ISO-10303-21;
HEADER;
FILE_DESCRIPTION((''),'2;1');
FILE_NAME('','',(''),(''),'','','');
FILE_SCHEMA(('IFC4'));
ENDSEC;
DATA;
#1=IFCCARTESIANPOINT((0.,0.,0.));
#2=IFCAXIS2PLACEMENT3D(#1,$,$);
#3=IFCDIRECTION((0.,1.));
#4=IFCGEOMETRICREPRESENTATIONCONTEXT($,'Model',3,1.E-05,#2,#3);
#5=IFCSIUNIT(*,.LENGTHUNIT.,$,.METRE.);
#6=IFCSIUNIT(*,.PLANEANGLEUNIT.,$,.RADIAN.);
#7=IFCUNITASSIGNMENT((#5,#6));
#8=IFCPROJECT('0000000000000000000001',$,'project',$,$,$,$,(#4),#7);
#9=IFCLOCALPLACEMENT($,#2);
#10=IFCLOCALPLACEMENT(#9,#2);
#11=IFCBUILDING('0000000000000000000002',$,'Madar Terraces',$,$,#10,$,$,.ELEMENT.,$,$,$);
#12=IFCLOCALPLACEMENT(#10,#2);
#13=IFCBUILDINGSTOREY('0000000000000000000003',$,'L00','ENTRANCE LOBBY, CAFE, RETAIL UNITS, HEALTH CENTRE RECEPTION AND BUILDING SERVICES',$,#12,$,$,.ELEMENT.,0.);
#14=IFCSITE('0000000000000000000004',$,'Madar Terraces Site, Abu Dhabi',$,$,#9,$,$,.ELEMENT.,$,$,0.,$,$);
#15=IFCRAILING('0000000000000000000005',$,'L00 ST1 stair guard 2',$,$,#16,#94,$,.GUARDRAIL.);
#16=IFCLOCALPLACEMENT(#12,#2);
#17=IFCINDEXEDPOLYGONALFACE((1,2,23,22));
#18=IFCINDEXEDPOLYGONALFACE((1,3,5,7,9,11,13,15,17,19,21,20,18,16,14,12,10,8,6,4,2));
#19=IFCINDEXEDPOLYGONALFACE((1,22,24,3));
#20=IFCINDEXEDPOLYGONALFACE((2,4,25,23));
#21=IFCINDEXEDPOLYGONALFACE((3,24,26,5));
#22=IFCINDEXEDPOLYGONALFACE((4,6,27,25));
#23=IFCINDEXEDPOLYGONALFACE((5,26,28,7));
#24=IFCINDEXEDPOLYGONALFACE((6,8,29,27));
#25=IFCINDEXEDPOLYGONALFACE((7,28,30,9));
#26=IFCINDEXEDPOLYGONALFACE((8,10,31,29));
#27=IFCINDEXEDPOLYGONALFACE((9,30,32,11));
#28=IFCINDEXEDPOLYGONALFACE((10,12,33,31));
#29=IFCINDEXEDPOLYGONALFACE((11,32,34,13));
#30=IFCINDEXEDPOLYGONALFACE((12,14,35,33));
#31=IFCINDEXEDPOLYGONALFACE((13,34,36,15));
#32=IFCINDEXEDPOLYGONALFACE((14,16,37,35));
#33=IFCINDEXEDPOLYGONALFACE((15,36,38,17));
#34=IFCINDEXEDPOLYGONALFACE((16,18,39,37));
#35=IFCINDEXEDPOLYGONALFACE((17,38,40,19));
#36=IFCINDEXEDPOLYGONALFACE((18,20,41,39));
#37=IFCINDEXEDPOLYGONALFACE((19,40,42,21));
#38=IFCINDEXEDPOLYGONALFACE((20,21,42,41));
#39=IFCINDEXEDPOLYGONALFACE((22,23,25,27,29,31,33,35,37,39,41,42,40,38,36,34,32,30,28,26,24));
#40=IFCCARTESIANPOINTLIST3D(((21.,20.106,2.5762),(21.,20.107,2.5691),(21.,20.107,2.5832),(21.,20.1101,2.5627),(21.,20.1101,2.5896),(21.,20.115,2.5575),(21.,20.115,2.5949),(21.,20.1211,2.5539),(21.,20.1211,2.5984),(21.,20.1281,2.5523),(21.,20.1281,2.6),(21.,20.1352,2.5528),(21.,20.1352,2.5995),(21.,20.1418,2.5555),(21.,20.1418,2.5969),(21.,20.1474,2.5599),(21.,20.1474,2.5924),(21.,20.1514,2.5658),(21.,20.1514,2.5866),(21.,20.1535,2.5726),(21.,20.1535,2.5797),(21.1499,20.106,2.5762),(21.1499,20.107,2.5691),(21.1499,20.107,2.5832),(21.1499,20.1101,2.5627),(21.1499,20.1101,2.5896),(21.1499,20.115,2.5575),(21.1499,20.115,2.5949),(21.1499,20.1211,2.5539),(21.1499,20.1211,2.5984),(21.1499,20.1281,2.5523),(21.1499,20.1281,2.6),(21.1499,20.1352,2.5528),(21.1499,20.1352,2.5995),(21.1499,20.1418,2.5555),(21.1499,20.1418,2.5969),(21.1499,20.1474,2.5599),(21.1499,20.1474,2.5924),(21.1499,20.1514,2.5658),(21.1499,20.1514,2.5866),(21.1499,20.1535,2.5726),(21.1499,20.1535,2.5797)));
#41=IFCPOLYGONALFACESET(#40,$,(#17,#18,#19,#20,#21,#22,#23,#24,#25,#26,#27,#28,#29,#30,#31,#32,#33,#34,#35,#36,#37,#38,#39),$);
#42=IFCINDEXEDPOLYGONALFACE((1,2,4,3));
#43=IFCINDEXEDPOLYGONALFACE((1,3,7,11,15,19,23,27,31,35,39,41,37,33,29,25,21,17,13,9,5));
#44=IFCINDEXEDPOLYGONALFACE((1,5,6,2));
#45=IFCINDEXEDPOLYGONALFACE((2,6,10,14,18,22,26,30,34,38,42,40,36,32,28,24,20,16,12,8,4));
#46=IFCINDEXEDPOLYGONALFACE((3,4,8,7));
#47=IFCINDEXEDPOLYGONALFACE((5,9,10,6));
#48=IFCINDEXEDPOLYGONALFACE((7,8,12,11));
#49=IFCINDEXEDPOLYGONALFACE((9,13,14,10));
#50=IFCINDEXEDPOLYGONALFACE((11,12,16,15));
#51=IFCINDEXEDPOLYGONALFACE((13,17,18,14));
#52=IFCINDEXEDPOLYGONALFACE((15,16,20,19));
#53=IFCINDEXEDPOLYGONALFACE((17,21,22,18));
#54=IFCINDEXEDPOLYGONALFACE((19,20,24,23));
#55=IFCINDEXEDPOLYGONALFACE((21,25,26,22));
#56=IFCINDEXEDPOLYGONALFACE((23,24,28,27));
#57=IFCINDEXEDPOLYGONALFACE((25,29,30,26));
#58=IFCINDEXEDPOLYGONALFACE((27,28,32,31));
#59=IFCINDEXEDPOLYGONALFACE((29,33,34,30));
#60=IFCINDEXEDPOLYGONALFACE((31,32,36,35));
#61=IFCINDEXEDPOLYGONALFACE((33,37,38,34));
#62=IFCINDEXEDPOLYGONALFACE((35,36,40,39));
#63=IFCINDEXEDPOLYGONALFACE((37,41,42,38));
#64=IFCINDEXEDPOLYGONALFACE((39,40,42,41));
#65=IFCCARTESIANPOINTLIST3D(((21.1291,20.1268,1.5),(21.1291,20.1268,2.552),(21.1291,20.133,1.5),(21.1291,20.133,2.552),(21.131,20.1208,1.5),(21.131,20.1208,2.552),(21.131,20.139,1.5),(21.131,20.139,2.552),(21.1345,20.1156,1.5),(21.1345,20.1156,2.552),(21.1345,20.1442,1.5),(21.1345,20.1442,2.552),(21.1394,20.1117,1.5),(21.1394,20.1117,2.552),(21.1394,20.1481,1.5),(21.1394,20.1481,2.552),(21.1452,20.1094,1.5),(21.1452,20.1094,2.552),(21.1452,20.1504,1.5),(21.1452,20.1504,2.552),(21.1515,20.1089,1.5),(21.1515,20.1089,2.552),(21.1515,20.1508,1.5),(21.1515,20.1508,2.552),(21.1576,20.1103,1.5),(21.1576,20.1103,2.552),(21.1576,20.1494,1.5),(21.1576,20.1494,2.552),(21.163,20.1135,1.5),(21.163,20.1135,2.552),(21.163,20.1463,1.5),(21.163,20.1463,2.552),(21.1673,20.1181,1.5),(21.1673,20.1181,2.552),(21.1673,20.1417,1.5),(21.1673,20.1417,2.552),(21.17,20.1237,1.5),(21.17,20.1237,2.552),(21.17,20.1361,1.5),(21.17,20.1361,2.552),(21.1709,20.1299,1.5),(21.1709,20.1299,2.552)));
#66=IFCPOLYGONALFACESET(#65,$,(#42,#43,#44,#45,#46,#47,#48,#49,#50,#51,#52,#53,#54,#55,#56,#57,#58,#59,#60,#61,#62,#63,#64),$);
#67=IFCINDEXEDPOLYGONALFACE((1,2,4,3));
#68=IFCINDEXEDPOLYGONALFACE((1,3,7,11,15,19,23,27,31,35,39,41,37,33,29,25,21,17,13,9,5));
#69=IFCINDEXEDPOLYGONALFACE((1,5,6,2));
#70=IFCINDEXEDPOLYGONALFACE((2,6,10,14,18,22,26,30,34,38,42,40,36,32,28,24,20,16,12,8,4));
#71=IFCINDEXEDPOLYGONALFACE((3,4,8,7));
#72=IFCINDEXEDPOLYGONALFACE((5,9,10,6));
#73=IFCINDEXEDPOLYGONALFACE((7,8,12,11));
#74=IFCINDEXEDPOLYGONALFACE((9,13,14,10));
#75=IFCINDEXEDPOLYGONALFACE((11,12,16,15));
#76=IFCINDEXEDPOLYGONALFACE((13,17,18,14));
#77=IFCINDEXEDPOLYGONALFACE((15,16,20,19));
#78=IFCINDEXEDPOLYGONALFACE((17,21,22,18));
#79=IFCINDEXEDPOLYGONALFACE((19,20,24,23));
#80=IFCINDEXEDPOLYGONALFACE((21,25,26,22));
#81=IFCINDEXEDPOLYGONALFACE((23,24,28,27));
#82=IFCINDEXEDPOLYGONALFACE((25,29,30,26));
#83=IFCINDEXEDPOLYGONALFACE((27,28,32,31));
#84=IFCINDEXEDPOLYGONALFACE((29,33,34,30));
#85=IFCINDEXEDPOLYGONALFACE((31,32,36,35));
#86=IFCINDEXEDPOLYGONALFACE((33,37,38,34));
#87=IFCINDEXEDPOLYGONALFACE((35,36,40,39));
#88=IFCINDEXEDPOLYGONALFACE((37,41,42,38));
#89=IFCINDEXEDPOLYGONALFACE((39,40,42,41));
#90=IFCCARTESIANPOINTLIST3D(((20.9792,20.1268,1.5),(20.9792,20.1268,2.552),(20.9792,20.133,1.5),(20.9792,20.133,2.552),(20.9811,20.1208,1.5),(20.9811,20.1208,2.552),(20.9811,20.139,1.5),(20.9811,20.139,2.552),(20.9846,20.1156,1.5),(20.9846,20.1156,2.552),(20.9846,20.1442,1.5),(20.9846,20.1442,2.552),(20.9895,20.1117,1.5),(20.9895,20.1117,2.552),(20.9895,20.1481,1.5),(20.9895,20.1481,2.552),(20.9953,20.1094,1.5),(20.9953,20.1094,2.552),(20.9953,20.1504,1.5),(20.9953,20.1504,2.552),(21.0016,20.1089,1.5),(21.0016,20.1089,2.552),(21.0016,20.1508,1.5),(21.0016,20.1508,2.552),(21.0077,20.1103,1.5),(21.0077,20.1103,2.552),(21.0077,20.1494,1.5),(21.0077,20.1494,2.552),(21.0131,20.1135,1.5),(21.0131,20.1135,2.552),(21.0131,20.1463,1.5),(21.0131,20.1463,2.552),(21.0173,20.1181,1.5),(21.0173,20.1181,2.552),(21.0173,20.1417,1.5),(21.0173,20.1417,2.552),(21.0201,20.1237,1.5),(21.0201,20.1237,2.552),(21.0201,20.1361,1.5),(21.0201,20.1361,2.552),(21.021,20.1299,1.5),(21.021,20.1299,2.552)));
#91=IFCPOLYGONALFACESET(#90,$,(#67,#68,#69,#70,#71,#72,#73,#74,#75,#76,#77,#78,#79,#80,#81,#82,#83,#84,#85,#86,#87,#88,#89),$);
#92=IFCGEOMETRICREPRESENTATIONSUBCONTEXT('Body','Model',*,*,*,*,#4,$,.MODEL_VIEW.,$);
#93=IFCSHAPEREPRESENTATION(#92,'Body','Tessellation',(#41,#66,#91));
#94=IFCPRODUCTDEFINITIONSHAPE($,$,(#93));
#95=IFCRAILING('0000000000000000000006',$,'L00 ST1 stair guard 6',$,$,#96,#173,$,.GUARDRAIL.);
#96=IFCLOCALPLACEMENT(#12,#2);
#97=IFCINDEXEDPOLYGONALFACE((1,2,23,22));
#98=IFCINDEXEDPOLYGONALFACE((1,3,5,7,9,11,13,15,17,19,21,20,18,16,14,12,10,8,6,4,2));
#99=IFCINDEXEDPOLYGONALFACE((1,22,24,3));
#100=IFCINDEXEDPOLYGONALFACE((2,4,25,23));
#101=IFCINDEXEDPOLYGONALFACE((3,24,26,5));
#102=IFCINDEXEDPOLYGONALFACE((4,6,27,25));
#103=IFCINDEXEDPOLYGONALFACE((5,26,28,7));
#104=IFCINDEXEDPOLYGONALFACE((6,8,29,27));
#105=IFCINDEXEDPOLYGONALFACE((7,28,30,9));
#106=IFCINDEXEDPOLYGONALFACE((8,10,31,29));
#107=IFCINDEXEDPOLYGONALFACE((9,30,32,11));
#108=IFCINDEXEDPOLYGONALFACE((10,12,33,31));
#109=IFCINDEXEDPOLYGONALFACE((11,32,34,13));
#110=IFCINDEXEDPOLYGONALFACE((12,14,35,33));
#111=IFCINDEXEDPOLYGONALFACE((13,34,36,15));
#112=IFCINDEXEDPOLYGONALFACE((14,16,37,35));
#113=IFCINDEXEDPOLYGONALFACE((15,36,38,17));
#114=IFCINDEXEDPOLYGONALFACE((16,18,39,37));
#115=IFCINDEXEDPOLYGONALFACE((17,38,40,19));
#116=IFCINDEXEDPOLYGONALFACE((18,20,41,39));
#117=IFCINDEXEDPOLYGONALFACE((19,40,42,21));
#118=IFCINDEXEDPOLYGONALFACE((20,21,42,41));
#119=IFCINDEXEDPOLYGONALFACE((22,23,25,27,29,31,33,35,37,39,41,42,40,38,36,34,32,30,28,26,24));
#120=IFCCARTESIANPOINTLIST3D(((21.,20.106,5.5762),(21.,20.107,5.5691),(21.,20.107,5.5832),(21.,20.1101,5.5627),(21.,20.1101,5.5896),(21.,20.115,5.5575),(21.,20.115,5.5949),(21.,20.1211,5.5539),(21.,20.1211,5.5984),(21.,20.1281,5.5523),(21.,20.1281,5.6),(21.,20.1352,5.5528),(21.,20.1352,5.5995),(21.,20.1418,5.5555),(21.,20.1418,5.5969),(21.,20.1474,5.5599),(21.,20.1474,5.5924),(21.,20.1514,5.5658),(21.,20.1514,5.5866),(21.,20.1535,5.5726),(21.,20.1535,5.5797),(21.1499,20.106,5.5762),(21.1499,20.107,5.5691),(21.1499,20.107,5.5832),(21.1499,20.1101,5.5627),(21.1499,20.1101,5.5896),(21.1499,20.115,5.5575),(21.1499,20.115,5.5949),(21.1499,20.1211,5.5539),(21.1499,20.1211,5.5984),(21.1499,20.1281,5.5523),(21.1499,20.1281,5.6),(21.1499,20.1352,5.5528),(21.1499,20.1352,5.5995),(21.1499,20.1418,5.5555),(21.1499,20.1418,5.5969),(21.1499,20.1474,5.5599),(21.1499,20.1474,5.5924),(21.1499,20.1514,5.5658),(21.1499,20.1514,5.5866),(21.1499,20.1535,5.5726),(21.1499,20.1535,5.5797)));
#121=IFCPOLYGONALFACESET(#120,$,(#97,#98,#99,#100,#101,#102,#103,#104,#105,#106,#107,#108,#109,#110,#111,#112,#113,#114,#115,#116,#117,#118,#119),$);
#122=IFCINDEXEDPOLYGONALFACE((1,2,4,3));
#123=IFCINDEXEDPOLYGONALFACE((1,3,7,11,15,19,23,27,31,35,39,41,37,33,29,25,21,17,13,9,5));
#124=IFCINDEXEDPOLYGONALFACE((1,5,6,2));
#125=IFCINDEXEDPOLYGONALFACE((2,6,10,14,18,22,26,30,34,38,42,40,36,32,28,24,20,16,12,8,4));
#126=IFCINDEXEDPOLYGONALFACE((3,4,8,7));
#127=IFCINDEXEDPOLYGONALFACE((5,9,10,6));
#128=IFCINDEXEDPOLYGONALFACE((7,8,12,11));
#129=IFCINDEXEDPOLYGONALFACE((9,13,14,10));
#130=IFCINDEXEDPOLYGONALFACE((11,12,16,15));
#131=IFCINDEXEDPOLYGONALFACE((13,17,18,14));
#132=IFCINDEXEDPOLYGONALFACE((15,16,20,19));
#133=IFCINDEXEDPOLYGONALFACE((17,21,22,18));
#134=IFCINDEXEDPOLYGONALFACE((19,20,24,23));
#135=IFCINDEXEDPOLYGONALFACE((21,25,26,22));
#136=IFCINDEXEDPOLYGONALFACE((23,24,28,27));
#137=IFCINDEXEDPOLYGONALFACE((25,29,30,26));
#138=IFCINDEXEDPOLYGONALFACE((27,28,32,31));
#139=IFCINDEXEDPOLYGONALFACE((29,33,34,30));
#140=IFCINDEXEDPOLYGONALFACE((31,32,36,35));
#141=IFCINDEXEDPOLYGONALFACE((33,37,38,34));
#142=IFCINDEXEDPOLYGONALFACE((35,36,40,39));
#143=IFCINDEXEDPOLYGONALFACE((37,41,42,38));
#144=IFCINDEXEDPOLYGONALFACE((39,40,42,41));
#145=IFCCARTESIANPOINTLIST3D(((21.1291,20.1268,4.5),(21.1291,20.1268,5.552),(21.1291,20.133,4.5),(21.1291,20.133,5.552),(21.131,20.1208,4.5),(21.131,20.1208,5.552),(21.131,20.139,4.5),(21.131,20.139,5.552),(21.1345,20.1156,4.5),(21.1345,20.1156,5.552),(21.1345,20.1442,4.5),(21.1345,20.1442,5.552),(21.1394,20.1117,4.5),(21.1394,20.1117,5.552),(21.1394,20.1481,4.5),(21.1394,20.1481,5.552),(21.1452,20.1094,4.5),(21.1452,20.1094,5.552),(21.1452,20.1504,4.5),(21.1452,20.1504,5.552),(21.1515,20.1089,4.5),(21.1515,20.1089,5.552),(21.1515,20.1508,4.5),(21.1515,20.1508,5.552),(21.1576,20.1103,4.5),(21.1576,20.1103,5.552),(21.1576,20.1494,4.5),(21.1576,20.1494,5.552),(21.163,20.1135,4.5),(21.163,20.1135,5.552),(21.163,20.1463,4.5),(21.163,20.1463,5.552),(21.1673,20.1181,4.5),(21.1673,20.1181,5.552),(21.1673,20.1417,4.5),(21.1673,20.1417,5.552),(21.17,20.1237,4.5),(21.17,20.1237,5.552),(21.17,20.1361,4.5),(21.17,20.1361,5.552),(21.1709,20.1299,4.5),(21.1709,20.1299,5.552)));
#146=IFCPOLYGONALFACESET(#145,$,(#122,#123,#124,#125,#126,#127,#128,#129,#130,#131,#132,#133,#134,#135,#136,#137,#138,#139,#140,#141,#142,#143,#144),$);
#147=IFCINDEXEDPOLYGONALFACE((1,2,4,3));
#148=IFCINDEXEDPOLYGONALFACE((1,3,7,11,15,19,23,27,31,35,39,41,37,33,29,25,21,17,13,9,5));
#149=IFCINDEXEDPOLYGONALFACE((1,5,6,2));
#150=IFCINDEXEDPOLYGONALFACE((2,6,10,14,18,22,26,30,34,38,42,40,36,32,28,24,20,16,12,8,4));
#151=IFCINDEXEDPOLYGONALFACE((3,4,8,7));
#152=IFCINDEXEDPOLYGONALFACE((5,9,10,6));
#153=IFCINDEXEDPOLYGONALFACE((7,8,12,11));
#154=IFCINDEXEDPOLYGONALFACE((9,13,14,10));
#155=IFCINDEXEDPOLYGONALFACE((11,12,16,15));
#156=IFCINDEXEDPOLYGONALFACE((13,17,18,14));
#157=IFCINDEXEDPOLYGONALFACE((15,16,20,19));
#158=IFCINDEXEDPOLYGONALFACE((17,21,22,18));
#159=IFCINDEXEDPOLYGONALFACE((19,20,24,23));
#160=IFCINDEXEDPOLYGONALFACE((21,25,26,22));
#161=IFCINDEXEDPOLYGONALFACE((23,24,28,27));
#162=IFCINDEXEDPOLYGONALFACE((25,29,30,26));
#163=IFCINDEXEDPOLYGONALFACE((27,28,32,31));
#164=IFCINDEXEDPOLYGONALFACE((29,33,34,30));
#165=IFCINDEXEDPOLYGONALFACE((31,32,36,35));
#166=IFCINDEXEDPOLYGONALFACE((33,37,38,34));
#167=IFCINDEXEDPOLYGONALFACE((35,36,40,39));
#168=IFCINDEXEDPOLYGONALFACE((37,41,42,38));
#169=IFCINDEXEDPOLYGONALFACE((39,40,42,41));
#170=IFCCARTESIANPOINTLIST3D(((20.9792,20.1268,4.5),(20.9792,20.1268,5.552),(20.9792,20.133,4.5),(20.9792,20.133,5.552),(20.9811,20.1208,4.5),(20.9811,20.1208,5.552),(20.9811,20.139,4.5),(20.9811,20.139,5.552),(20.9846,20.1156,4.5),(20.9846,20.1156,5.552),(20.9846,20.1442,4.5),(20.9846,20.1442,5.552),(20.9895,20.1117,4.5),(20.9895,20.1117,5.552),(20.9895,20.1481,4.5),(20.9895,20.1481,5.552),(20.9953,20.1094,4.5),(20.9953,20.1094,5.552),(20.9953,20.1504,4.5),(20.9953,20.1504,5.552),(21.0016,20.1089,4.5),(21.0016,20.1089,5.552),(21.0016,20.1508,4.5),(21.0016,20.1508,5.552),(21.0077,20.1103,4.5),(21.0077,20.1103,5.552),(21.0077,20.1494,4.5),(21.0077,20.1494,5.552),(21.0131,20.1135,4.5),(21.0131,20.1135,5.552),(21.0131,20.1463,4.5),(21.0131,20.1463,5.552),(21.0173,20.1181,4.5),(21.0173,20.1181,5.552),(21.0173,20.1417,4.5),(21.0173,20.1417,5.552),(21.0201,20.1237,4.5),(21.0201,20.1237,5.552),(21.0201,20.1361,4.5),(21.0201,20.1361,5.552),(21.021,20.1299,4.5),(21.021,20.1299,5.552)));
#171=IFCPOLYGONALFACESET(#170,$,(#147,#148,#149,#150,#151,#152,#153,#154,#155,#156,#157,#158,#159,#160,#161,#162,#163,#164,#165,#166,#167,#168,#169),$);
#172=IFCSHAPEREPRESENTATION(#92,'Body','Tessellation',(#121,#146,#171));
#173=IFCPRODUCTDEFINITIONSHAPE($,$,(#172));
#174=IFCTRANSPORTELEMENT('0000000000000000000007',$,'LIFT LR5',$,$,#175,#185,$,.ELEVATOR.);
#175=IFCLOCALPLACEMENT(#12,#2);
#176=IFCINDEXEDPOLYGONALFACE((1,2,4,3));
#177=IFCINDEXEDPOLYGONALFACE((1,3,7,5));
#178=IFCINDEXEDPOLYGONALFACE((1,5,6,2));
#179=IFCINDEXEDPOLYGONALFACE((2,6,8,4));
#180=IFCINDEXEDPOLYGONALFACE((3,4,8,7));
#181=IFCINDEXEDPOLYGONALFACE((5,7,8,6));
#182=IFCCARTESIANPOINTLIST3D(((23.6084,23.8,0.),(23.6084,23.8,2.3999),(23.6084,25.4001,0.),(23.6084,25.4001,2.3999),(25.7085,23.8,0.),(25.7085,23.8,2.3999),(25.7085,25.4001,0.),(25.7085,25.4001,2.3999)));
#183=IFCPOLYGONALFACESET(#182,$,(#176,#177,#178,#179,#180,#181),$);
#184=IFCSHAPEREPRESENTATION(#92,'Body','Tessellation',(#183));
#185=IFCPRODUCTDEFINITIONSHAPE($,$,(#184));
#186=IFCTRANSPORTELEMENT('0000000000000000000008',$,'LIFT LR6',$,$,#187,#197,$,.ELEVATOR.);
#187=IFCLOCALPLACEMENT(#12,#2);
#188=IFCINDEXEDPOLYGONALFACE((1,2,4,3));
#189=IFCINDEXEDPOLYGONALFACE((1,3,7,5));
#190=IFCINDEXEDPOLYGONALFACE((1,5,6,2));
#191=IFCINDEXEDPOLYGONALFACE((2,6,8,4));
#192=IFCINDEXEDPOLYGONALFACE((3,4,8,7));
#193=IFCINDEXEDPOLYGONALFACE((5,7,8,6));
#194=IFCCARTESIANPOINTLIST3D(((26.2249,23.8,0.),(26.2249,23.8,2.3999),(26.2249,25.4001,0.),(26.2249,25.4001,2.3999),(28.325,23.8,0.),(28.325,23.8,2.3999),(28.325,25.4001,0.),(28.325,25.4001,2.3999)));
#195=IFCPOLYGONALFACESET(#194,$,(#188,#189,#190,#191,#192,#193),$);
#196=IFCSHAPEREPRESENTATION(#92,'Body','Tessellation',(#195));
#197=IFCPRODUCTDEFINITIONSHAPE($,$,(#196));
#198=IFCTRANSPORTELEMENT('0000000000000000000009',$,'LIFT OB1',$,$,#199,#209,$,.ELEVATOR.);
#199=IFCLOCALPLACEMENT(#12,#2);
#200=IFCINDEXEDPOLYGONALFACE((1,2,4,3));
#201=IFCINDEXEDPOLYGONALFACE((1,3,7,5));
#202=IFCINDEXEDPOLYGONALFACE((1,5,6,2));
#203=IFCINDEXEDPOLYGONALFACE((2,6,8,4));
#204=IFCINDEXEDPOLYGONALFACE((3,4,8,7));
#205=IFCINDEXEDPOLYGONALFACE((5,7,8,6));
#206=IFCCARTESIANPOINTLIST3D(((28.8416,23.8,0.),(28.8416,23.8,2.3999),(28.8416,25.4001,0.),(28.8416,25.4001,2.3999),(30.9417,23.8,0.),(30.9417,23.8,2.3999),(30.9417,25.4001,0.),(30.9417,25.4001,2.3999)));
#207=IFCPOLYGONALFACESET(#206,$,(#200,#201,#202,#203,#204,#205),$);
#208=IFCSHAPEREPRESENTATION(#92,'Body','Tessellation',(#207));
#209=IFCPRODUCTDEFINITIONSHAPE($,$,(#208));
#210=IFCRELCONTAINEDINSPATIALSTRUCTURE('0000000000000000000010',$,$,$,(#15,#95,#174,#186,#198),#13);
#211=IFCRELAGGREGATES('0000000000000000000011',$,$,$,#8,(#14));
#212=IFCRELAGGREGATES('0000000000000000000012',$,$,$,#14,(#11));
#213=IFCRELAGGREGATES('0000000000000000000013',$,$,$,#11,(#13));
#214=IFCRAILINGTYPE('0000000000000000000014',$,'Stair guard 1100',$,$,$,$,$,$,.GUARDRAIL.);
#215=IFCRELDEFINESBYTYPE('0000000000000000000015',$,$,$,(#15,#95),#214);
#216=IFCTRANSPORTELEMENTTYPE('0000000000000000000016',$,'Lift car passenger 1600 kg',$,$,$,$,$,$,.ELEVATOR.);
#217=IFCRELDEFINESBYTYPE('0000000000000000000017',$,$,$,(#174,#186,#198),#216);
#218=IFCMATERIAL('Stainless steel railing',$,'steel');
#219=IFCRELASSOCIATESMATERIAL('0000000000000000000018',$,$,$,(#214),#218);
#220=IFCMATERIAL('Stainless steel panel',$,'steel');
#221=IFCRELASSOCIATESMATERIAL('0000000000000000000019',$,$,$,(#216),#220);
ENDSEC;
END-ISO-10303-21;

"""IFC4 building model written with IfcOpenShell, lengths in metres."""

from ifc_helpers import new_model, si_unit, direction, frame, origin, origin_2d, place, context, subcontext, project, spatial, rectangle, circle, extrude, material, type_object, element, save


model = new_model("IFC4")

# Units and contexts
model_context = context("Model", 3, precision=1e-05, world=origin(), true_north=direction((0.0, 1.0)))
body_context = subcontext(model_context, "Body", "Model", "MODEL_VIEW")
ifc_project = project(units=[si_unit("LENGTHUNIT", "METRE"), si_unit("PLANEANGLEUNIT", "RADIAN")], contexts=[model_context])

# Site, building, storey
site_placement = place(None, origin())
site = spatial("IfcSite", under=ifc_project, at=site_placement, Name="Madar Terraces Site, Abu Dhabi", CompositionType="ELEMENT", RefElevation=0.0)
building_placement = place(site_placement, origin())
building = spatial("IfcBuilding", under=site, at=building_placement, Name="Madar Terraces", CompositionType="ELEMENT")
storey_placement = place(building_placement, origin())
storey = spatial("IfcBuildingStorey", under=building, at=storey_placement, Name="L00", Description="ENTRANCE LOBBY, CAFE, RETAIL UNITS, HEALTH CENTRE RECEPTION AND BUILDING SERVICES", CompositionType="ELEMENT", Elevation=0.0)

# Railings
ifc_material_1 = material(Name="Stainless steel railing", Category="steel")
railing_type = type_object("IfcRailingType", Name="Stair guard 1100", PredefinedType="GUARDRAIL", material=ifc_material_1)
for number, where, name in (
    (1, (21.1499, 20.1299, 1.5), "L00 ST1 stair guard 2"),
    (2, (21.1499, 20.1299, 4.5), "L00 ST1 stair guard 6"),
):
    element("IfcRailing", number, at=place(storey_placement, frame(where)), inside=storey, type_object=railing_type, Name=name, PredefinedType="GUARDRAIL", context=body_context, shape_type="SweptSolid", body=[
        extrude(circle(Radius=0.0239, at=origin_2d()), frame((0.0, 0.0, 1.0762), z_axis=(-1.0, 0.0, 0.0), x_axis=(0.0, -1.0, 0.0)), (0.0, 0.0, 1.0), 0.1499),
        extrude(circle(Radius=0.021, at=origin_2d()), origin(), (0.0, 0.0, 1.0), 1.052),
        extrude(circle(Radius=0.021, at=origin_2d()), frame((-0.1499, 0.0, 0.0)), (0.0, 0.0, 1.0), 1.052),
    ])

# Transport elements
ifc_material_2 = material(Name="Stainless steel panel", Category="steel")
transport_element_type = type_object("IfcTransportElementType", Name="Lift car passenger 1600 kg", PredefinedType="ELEVATOR", material=ifc_material_2)
for number, where, z_axis, x_axis, name in (
    (3, (24.6584, 24.6001, 0.0), (0.0, 0.0, 1.0), (1.0, 0.0, 0.0), "LIFT LR5"),
    (4, (27.2749, 24.6001, 0.0), (0.0, 0.0, 1.0), (1.0, 0.0, 0.0), "LIFT LR6"),
    (5, (29.8916, 24.6001, 0.0), (0.0, 0.0, 1.0), (1.0, 0.0, 0.0), "LIFT OB1"),
):
    element("IfcTransportElement", number, at=place(storey_placement, frame(where, z_axis=z_axis, x_axis=x_axis)), inside=storey, type_object=transport_element_type, Name=name, PredefinedType="ELEVATOR", context=body_context, shape_type="SweptSolid", body=[
        extrude(rectangle(XDim=2.1001, YDim=1.6001, at=origin_2d()), origin(), (0.0, 0.0, 1.0), 2.3999),
    ])

save(model, "model.ifc")
